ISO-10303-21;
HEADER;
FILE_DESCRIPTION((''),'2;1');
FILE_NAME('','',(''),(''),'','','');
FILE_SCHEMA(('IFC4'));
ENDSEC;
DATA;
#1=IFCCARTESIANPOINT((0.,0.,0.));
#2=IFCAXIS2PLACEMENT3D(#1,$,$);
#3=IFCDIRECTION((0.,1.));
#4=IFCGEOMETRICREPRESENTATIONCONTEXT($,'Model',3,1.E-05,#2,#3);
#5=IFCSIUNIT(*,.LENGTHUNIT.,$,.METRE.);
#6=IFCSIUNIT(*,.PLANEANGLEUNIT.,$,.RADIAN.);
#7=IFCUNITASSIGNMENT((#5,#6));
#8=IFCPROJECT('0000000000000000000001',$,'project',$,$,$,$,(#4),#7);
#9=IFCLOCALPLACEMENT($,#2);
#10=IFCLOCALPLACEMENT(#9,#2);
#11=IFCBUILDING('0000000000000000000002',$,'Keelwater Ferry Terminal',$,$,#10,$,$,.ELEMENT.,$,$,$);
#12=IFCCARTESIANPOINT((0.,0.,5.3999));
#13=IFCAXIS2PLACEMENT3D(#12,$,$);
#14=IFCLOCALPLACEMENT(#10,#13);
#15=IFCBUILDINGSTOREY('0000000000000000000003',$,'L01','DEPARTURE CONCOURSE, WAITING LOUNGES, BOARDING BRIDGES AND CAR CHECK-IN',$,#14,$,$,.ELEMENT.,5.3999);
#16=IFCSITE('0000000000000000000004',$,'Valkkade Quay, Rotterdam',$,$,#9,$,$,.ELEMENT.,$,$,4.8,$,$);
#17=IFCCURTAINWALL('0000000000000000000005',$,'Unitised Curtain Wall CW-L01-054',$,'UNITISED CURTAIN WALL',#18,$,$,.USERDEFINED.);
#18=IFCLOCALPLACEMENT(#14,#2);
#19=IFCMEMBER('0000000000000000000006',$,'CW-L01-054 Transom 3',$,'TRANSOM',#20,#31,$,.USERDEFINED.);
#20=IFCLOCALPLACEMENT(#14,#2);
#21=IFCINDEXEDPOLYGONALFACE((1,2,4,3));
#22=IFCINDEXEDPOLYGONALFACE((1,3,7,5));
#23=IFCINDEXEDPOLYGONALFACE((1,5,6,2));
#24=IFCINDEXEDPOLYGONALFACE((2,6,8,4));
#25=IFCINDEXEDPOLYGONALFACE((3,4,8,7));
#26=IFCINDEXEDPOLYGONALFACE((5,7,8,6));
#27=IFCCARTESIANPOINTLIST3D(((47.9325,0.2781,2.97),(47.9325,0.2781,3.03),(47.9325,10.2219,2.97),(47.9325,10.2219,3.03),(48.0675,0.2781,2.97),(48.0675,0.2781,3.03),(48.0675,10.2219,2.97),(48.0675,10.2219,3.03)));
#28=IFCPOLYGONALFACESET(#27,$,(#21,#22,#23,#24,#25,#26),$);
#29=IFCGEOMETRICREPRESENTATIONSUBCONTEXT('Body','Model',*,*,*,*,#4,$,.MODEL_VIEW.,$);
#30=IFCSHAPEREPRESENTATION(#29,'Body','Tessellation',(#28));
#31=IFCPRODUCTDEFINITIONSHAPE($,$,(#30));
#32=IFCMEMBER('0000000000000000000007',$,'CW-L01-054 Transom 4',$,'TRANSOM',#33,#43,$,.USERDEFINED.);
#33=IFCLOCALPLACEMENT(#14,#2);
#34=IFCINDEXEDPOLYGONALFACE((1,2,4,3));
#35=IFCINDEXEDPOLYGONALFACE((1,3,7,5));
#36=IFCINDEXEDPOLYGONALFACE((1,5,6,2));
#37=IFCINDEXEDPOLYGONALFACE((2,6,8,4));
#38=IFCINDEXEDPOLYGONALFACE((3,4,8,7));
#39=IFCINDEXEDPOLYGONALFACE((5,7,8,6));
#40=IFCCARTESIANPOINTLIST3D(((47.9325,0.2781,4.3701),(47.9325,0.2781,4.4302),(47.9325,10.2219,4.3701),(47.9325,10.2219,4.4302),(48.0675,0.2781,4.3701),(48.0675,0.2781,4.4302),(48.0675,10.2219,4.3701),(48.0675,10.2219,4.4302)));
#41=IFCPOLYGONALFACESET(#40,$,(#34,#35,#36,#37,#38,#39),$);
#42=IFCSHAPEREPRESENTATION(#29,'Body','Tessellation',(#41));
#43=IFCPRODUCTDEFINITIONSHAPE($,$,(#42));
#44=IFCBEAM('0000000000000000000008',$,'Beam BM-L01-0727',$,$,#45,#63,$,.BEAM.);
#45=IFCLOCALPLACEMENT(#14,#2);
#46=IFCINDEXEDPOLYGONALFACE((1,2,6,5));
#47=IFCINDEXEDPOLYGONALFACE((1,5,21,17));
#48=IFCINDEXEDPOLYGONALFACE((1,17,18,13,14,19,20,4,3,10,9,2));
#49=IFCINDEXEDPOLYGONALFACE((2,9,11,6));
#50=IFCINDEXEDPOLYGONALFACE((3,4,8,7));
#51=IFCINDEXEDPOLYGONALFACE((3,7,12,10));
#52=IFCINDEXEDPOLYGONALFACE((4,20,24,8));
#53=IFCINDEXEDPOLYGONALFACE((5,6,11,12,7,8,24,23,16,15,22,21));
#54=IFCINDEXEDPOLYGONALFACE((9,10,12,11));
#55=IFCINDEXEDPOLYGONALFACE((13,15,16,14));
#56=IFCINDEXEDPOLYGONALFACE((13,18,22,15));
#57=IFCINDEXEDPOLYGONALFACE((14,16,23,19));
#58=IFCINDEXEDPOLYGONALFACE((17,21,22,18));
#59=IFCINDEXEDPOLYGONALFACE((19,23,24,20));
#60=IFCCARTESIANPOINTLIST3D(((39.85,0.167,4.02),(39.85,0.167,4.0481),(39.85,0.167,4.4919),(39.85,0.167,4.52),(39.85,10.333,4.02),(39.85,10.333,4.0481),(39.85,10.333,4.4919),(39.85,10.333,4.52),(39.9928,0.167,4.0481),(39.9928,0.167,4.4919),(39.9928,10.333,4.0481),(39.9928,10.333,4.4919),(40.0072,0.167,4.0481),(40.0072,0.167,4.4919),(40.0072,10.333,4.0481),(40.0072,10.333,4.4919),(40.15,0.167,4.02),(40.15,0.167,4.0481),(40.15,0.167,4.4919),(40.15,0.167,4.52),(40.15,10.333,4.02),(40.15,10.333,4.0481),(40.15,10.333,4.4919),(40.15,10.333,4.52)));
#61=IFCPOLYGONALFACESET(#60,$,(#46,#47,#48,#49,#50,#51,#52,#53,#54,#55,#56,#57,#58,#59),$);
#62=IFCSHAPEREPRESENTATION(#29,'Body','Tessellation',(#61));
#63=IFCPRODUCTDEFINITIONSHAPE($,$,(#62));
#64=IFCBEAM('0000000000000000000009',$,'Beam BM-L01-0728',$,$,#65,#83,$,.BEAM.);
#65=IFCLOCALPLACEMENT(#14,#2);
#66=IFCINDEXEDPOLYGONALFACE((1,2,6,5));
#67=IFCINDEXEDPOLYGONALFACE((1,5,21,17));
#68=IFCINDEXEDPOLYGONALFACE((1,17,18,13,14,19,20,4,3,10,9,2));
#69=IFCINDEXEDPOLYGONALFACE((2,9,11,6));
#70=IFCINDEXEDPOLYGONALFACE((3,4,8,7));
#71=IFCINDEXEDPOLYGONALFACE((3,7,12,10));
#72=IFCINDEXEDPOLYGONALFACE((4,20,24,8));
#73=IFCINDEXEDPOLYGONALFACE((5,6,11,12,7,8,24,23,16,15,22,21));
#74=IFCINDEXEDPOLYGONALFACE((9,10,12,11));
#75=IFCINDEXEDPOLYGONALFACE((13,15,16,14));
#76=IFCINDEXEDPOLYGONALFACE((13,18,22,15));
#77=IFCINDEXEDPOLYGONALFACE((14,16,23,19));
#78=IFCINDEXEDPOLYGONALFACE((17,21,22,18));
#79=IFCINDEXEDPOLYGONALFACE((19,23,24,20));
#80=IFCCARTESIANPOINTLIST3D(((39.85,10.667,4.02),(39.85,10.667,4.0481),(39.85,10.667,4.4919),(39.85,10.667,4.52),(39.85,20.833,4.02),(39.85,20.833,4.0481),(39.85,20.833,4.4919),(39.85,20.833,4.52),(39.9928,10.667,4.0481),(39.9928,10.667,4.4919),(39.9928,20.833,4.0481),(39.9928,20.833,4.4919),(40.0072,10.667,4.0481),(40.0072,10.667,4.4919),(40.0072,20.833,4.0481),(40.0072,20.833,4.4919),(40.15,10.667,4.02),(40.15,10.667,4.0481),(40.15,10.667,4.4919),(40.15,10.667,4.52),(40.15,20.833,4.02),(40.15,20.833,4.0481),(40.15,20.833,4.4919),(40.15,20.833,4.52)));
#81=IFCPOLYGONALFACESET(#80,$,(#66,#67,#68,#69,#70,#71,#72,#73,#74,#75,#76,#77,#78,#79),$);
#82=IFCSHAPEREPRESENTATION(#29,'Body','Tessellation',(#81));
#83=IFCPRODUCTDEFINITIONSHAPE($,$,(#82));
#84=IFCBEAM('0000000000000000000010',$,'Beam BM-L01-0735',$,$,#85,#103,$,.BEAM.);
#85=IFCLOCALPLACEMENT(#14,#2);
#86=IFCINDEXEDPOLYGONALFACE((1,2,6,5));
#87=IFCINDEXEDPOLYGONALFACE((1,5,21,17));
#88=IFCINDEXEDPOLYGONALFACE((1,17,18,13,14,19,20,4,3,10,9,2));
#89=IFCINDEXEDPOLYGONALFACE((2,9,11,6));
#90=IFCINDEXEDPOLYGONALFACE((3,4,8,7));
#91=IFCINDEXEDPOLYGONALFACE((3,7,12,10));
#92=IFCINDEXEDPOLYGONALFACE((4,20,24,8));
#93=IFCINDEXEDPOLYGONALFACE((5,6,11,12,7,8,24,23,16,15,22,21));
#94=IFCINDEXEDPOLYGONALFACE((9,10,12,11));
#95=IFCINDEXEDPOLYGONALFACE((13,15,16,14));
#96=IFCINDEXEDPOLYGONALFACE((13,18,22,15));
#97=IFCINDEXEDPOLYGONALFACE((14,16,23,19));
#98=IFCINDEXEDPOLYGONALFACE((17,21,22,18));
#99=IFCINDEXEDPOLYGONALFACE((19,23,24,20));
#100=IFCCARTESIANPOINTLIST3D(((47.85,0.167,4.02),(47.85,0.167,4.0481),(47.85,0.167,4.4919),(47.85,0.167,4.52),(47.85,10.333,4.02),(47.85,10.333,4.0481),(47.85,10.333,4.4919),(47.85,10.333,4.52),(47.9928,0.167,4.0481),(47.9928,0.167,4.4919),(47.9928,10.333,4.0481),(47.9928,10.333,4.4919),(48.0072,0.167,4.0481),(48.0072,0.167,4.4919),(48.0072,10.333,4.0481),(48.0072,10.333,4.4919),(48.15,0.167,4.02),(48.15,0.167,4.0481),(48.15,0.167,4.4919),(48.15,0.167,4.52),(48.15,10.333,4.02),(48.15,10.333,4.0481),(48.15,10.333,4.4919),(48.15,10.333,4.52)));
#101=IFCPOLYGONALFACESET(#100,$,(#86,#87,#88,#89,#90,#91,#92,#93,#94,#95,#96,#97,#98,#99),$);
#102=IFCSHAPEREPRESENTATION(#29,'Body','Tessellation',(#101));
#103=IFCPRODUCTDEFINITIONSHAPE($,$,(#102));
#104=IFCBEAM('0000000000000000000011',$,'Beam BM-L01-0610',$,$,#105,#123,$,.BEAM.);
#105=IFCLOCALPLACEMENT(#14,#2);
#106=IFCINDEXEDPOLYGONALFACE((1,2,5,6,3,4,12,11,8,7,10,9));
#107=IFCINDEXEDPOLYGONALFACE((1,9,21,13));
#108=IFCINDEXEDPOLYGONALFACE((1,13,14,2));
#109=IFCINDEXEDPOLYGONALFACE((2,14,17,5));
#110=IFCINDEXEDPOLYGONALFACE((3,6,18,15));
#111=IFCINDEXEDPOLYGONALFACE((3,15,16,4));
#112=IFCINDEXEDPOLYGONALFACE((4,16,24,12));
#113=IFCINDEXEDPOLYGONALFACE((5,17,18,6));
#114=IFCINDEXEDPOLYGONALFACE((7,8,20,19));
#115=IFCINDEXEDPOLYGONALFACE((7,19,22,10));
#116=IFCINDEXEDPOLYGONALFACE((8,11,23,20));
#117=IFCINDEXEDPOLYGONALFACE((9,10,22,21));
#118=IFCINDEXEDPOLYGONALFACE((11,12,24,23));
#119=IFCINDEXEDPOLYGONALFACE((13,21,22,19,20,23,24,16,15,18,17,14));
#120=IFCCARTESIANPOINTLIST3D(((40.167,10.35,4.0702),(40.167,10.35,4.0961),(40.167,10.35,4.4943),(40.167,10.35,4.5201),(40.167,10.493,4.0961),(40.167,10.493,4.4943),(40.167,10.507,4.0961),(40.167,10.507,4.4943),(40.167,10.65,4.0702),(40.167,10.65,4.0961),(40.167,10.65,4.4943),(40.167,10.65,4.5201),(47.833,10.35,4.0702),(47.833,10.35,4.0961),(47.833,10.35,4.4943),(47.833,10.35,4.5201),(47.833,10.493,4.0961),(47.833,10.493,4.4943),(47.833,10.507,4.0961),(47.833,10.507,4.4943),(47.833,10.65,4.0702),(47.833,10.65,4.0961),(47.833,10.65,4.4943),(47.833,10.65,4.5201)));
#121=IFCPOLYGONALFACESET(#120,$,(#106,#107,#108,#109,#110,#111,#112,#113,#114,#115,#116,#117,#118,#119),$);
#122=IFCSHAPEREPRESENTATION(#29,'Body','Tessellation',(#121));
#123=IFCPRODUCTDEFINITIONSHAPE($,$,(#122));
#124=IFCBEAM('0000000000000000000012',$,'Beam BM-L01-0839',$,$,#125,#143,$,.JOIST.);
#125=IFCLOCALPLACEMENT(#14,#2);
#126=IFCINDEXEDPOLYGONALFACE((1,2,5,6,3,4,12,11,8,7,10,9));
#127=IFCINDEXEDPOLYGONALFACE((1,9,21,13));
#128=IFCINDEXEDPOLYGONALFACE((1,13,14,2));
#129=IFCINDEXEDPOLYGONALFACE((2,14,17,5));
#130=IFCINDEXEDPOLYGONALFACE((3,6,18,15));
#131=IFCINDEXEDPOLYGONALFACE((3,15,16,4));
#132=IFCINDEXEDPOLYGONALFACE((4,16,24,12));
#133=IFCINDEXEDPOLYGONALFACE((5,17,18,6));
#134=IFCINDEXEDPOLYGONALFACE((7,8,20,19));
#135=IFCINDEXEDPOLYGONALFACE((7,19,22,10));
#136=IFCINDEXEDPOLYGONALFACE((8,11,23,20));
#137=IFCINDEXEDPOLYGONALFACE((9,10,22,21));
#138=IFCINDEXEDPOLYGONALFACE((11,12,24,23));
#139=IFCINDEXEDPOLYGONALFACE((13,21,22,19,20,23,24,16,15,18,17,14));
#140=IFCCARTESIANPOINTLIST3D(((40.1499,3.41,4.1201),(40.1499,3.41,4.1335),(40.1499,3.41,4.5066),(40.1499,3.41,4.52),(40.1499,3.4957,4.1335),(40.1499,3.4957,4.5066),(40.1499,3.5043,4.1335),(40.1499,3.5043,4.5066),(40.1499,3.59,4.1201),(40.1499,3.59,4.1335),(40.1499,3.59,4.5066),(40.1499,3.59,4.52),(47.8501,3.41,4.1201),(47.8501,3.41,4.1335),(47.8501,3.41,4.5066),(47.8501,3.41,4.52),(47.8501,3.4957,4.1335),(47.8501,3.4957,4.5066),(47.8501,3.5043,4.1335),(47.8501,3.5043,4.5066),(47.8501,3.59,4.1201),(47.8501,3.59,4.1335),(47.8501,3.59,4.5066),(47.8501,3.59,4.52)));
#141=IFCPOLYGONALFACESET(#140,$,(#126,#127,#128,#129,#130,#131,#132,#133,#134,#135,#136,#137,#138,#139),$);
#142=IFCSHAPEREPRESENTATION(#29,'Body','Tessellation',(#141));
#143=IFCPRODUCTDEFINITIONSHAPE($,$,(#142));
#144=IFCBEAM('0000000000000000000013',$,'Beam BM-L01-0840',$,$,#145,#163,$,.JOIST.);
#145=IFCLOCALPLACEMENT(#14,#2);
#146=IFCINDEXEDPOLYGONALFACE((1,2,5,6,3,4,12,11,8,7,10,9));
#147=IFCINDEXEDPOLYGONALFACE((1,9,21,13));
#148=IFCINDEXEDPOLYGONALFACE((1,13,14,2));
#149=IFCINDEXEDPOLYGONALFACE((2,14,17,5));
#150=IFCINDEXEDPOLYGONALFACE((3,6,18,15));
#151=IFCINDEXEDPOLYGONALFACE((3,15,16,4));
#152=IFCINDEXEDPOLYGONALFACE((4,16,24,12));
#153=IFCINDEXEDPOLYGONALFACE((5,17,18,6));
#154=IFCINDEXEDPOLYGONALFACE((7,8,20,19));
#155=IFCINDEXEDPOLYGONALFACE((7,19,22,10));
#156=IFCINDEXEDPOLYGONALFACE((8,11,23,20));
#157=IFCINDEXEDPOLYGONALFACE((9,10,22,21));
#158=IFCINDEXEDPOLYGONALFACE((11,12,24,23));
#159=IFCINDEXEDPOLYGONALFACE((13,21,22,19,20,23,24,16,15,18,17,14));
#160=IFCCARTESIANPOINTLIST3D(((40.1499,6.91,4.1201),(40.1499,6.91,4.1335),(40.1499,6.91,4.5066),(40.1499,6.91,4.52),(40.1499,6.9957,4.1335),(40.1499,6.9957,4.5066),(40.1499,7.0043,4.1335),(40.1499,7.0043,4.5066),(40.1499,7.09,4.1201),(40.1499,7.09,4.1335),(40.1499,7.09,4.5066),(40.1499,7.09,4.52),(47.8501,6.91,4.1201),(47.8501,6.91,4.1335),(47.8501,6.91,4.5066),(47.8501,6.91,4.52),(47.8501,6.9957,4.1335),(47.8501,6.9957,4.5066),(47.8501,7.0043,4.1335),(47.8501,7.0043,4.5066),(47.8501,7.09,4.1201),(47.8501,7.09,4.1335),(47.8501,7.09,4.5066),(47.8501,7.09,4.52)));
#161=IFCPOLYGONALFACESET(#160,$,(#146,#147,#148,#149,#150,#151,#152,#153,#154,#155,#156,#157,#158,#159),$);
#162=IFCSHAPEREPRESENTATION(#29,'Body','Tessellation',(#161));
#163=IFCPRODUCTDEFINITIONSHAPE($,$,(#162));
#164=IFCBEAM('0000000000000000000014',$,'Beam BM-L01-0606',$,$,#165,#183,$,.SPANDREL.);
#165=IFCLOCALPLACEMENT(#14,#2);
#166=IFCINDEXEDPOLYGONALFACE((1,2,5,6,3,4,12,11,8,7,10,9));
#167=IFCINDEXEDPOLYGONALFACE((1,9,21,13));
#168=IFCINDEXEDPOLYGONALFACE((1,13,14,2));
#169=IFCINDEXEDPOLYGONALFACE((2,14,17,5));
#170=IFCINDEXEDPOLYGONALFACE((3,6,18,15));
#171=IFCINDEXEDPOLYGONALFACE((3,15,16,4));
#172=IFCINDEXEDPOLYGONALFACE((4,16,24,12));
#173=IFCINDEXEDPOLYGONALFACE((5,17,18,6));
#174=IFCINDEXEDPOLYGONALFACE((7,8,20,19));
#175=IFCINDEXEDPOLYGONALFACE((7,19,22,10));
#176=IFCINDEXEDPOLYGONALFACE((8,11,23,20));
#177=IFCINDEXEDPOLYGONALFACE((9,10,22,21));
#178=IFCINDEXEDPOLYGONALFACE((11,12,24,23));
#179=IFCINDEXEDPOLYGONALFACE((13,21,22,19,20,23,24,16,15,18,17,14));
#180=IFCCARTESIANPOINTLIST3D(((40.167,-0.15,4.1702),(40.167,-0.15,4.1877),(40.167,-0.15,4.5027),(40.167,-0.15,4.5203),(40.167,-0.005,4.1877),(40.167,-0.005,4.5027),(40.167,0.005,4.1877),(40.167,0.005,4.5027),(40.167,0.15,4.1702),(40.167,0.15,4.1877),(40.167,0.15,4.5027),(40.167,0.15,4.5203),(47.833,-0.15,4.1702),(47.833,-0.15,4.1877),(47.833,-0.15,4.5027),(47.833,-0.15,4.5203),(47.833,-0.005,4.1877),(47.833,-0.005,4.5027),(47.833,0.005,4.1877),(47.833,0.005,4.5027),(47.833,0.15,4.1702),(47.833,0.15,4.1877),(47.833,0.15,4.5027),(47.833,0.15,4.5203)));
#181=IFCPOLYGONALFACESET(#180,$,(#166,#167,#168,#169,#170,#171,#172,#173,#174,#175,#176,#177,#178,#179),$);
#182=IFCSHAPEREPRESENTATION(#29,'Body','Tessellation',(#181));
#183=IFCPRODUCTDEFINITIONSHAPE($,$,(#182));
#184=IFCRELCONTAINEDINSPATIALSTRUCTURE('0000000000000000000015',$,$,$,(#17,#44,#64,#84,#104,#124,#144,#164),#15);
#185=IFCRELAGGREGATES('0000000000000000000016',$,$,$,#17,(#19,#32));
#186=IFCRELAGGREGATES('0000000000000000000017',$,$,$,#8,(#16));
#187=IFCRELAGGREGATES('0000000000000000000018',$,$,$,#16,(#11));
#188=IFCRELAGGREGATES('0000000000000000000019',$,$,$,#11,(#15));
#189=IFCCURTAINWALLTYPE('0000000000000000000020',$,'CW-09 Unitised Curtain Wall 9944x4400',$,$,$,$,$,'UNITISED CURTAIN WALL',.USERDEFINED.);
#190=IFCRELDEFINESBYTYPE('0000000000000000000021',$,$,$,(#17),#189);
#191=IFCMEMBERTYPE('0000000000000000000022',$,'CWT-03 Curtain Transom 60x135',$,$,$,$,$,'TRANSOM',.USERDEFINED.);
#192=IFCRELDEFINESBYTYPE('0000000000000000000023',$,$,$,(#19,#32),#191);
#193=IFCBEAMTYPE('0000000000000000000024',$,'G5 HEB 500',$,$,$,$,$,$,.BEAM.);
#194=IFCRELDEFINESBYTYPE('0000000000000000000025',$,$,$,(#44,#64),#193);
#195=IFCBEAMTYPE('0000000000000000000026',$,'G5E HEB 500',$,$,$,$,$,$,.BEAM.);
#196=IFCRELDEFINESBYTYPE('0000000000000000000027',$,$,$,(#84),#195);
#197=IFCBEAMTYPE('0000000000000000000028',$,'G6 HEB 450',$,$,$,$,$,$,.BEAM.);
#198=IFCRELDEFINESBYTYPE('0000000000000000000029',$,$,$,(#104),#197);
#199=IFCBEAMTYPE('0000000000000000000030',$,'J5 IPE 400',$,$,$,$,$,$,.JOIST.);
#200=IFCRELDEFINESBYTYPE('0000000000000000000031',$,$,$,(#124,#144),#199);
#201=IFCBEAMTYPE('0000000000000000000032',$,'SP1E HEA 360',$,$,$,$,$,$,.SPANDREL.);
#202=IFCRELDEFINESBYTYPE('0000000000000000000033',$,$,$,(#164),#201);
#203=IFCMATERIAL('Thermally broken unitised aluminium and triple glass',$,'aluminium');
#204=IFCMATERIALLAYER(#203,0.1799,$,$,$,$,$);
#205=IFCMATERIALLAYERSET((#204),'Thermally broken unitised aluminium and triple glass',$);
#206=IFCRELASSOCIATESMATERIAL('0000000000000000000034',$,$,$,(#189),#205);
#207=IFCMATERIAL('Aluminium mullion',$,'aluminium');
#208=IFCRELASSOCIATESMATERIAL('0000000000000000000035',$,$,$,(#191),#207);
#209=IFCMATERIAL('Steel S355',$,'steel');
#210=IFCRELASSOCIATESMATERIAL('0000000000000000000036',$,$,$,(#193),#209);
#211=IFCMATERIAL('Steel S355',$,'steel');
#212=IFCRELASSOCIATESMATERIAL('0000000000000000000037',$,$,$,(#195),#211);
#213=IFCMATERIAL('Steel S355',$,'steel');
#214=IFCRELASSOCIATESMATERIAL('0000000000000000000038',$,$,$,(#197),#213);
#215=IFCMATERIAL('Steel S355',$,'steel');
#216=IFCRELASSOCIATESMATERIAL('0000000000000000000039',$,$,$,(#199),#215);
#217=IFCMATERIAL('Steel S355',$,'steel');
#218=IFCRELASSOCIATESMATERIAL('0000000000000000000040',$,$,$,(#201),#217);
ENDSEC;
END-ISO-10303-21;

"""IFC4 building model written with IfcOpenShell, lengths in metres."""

from ifc_helpers import new_model, si_unit, direction, frame, origin, origin_2d, place, context, subcontext, project, spatial, rectangle, i_section, extrude, material, layer, layer_set, material_profile, profile_set, type_object, element, aggregate, save


model = new_model("IFC4")

# Units and contexts
model_context = context("Model", 3, precision=1e-05, world=origin(), true_north=direction((0.0, 1.0)))
body_context = subcontext(model_context, "Body", "Model", "MODEL_VIEW")
ifc_project = project(units=[si_unit("LENGTHUNIT", "METRE"), si_unit("PLANEANGLEUNIT", "RADIAN")], contexts=[model_context])

# Site, building, storey
site_placement = place(None, origin())
site = spatial("IfcSite", under=ifc_project, at=site_placement, Name="Valkkade Quay, Rotterdam", CompositionType="ELEMENT", RefElevation=4.8)
building_placement = place(site_placement, origin())
building = spatial("IfcBuilding", under=site, at=building_placement, Name="Keelwater Ferry Terminal", CompositionType="ELEMENT")
storey_placement = place(building_placement, frame((0.0, 0.0, 5.3999)))
storey = spatial("IfcBuildingStorey", under=building, at=storey_placement, Name="L01", Description="DEPARTURE CONCOURSE, WAITING LOUNGES, BOARDING BRIDGES AND CAR CHECK-IN", CompositionType="ELEMENT", Elevation=5.3999)

# Curtain wall, members
ifc_material_1 = material(Name="Thermally broken unitised aluminium and triple glass", Category="aluminium")
ifc_layer_1 = layer(ifc_material_1, 0.1799)
ifc_layer_set_1 = layer_set([ifc_layer_1], Name="Thermally broken unitised aluminium and triple glass")
curtain_wall_type = type_object("IfcCurtainWallType", Name="CW-09 Unitised Curtain Wall 9944x4400", ElementType="UNITISED CURTAIN WALL", PredefinedType="USERDEFINED", material=ifc_layer_set_1)
curtain_wall_placement = place(storey_placement, origin())
curtain_wall = element("IfcCurtainWall", 1, at=curtain_wall_placement, inside=storey, type_object=curtain_wall_type, Name="Unitised Curtain Wall CW-L01-054", ObjectType="UNITISED CURTAIN WALL", PredefinedType="USERDEFINED")
ifc_material_2 = material(Name="Aluminium mullion", Category="aluminium")
ifc_material_profile_1 = material_profile(ifc_material_2, rectangle(XDim=0.135, YDim=0.0601, at=origin_2d()), Name="CWT-03")
ifc_profile_set_1 = profile_set([ifc_material_profile_1], Name="Aluminium mullion")
member_type_1 = type_object("IfcMemberType", Name="CWT-03 Curtain Transom 60x135", ElementType="TRANSOM", PredefinedType="USERDEFINED", material=ifc_profile_set_1)
member_1_placement = place(storey_placement, frame((48.0, 0.2781, 3.0), z_axis=(0.0, 1.0, 0.0), x_axis=(-1.0, 0.0, 0.0)))
member_1 = element("IfcMember", 2, at=member_1_placement, type_object=member_type_1, Name="CW-L01-054 Transom 3", ObjectType="TRANSOM", PredefinedType="USERDEFINED", context=body_context, shape_type="SweptSolid", body=[
    extrude(rectangle(XDim=0.135, YDim=0.0601, at=origin_2d()), origin(), (0.0, 0.0, 1.0), 9.9438),
])
member_2_placement = place(storey_placement, frame((48.0, 0.2781, 4.4001), z_axis=(0.0, 1.0, 0.0), x_axis=(-1.0, 0.0, 0.0)))
member_2 = element("IfcMember", 3, at=member_2_placement, type_object=member_type_1, Name="CW-L01-054 Transom 4", ObjectType="TRANSOM", PredefinedType="USERDEFINED", context=body_context, shape_type="SweptSolid", body=[
    extrude(rectangle(XDim=0.135, YDim=0.0601, at=origin_2d()), origin(), (0.0, 0.0, 1.0), 9.9438),
])

# Beams
ifc_material_3 = material(Name="Steel S355", Category="steel")
ifc_material_profile_2 = material_profile(ifc_material_3, i_section(OverallWidth=0.3, OverallDepth=0.5, WebThickness=0.0144, FlangeThickness=0.0281, at=origin_2d()), Name="HEB 500")
ifc_profile_set_2 = profile_set([ifc_material_profile_2], Name="Steel S355")
beam_type_1 = type_object("IfcBeamType", Name="G5 HEB 500", PredefinedType="BEAM", material=ifc_profile_set_2)
for number, where, z_axis, x_axis, name in (
    (4, (40.0, 0.167, 4.27), (0.0, 1.0, 0.0), (-1.0, 0.0, 0.0), "Beam BM-L01-0727"),
    (5, (40.0, 10.667, 4.27), (0.0, 1.0, 0.0), (-1.0, 0.0, 0.0), "Beam BM-L01-0728"),
):
    element("IfcBeam", number, at=place(storey_placement, frame(where, z_axis=z_axis, x_axis=x_axis)), inside=storey, type_object=beam_type_1, Name=name, PredefinedType="BEAM", context=body_context, shape_type="SweptSolid", body=[
        extrude(i_section(OverallWidth=0.3, OverallDepth=0.5, WebThickness=0.0144, FlangeThickness=0.0281, at=origin_2d()), origin(), (0.0, 0.0, 1.0), 10.166),
    ])
ifc_material_4 = material(Name="Steel S355", Category="steel")
ifc_material_profile_3 = material_profile(ifc_material_4, i_section(OverallWidth=0.3, OverallDepth=0.5, WebThickness=0.0144, FlangeThickness=0.0281, at=origin_2d()), Name="HEB 500")
ifc_profile_set_3 = profile_set([ifc_material_profile_3], Name="Steel S355")
beam_type_2 = type_object("IfcBeamType", Name="G5E HEB 500", PredefinedType="BEAM", material=ifc_profile_set_3)
beam_1_placement = place(storey_placement, frame((48.0, 0.167, 4.27), z_axis=(0.0, 1.0, 0.0), x_axis=(-1.0, 0.0, 0.0)))
element("IfcBeam", 6, at=beam_1_placement, inside=storey, type_object=beam_type_2, Name="Beam BM-L01-0735", PredefinedType="BEAM", context=body_context, shape_type="SweptSolid", body=[
    extrude(i_section(OverallWidth=0.3, OverallDepth=0.5, WebThickness=0.0144, FlangeThickness=0.0281, at=origin_2d()), origin(), (0.0, 0.0, 1.0), 10.166),
])
ifc_material_5 = material(Name="Steel S355", Category="steel")
ifc_material_profile_4 = material_profile(ifc_material_5, i_section(OverallWidth=0.3, OverallDepth=0.45, WebThickness=0.0139, FlangeThickness=0.0259, at=origin_2d()), Name="HEB 450")
ifc_profile_set_4 = profile_set([ifc_material_profile_4], Name="Steel S355")
beam_type_3 = type_object("IfcBeamType", Name="G6 HEB 450", PredefinedType="BEAM", material=ifc_profile_set_4)
beam_2_placement = place(storey_placement, frame((40.167, 10.5, 4.2952), z_axis=(1.0, 0.0, 0.0), x_axis=(0.0, 1.0, 0.0)))
element("IfcBeam", 7, at=beam_2_placement, inside=storey, type_object=beam_type_3, Name="Beam BM-L01-0610", PredefinedType="BEAM", context=body_context, shape_type="SweptSolid", body=[
    extrude(i_section(OverallWidth=0.3, OverallDepth=0.45, WebThickness=0.0139, FlangeThickness=0.0259, at=origin_2d()), origin(), (0.0, 0.0, 1.0), 7.666),
])
ifc_material_6 = material(Name="Steel S355", Category="steel")
ifc_material_profile_5 = material_profile(ifc_material_6, i_section(OverallWidth=0.1799, OverallDepth=0.3999, WebThickness=0.0085, FlangeThickness=0.0134, at=origin_2d()), Name="IPE 400")
ifc_profile_set_5 = profile_set([ifc_material_profile_5], Name="Steel S355")
beam_type_4 = type_object("IfcBeamType", Name="J5 IPE 400", PredefinedType="JOIST", material=ifc_profile_set_5)
for number, where, z_axis, x_axis, name in (
    (8, (40.1499, 3.5, 4.3201), (1.0, 0.0, 0.0), (0.0, 1.0, 0.0), "Beam BM-L01-0839"),
    (9, (40.1499, 7.0, 4.3201), (1.0, 0.0, 0.0), (0.0, 1.0, 0.0), "Beam BM-L01-0840"),
):
    element("IfcBeam", number, at=place(storey_placement, frame(where, z_axis=z_axis, x_axis=x_axis)), inside=storey, type_object=beam_type_4, Name=name, PredefinedType="JOIST", context=body_context, shape_type="SweptSolid", body=[
        extrude(i_section(OverallWidth=0.1799, OverallDepth=0.3999, WebThickness=0.0085, FlangeThickness=0.0134, at=origin_2d()), origin(), (0.0, 0.0, 1.0), 7.7002),
    ])
ifc_material_7 = material(Name="Steel S355", Category="steel")
ifc_material_profile_6 = material_profile(ifc_material_7, i_section(OverallWidth=0.3, OverallDepth=0.3501, WebThickness=0.01, FlangeThickness=0.0176, at=origin_2d()), Name="HEA 360")
ifc_profile_set_6 = profile_set([ifc_material_profile_6], Name="Steel S355")
beam_type_5 = type_object("IfcBeamType", Name="SP1E HEA 360", PredefinedType="SPANDREL", material=ifc_profile_set_6)
beam_3_placement = place(storey_placement, frame((40.167, 0.0, 4.3452), z_axis=(1.0, 0.0, 0.0), x_axis=(0.0, 1.0, 0.0)))
element("IfcBeam", 10, at=beam_3_placement, inside=storey, type_object=beam_type_5, Name="Beam BM-L01-0606", PredefinedType="SPANDREL", context=body_context, shape_type="SweptSolid", body=[
    extrude(i_section(OverallWidth=0.3, OverallDepth=0.3501, WebThickness=0.01, FlangeThickness=0.0176, at=origin_2d()), origin(), (0.0, 0.0, 1.0), 7.666),
])

aggregate(curtain_wall, [member_1, member_2])

save(model, "model.ifc")
